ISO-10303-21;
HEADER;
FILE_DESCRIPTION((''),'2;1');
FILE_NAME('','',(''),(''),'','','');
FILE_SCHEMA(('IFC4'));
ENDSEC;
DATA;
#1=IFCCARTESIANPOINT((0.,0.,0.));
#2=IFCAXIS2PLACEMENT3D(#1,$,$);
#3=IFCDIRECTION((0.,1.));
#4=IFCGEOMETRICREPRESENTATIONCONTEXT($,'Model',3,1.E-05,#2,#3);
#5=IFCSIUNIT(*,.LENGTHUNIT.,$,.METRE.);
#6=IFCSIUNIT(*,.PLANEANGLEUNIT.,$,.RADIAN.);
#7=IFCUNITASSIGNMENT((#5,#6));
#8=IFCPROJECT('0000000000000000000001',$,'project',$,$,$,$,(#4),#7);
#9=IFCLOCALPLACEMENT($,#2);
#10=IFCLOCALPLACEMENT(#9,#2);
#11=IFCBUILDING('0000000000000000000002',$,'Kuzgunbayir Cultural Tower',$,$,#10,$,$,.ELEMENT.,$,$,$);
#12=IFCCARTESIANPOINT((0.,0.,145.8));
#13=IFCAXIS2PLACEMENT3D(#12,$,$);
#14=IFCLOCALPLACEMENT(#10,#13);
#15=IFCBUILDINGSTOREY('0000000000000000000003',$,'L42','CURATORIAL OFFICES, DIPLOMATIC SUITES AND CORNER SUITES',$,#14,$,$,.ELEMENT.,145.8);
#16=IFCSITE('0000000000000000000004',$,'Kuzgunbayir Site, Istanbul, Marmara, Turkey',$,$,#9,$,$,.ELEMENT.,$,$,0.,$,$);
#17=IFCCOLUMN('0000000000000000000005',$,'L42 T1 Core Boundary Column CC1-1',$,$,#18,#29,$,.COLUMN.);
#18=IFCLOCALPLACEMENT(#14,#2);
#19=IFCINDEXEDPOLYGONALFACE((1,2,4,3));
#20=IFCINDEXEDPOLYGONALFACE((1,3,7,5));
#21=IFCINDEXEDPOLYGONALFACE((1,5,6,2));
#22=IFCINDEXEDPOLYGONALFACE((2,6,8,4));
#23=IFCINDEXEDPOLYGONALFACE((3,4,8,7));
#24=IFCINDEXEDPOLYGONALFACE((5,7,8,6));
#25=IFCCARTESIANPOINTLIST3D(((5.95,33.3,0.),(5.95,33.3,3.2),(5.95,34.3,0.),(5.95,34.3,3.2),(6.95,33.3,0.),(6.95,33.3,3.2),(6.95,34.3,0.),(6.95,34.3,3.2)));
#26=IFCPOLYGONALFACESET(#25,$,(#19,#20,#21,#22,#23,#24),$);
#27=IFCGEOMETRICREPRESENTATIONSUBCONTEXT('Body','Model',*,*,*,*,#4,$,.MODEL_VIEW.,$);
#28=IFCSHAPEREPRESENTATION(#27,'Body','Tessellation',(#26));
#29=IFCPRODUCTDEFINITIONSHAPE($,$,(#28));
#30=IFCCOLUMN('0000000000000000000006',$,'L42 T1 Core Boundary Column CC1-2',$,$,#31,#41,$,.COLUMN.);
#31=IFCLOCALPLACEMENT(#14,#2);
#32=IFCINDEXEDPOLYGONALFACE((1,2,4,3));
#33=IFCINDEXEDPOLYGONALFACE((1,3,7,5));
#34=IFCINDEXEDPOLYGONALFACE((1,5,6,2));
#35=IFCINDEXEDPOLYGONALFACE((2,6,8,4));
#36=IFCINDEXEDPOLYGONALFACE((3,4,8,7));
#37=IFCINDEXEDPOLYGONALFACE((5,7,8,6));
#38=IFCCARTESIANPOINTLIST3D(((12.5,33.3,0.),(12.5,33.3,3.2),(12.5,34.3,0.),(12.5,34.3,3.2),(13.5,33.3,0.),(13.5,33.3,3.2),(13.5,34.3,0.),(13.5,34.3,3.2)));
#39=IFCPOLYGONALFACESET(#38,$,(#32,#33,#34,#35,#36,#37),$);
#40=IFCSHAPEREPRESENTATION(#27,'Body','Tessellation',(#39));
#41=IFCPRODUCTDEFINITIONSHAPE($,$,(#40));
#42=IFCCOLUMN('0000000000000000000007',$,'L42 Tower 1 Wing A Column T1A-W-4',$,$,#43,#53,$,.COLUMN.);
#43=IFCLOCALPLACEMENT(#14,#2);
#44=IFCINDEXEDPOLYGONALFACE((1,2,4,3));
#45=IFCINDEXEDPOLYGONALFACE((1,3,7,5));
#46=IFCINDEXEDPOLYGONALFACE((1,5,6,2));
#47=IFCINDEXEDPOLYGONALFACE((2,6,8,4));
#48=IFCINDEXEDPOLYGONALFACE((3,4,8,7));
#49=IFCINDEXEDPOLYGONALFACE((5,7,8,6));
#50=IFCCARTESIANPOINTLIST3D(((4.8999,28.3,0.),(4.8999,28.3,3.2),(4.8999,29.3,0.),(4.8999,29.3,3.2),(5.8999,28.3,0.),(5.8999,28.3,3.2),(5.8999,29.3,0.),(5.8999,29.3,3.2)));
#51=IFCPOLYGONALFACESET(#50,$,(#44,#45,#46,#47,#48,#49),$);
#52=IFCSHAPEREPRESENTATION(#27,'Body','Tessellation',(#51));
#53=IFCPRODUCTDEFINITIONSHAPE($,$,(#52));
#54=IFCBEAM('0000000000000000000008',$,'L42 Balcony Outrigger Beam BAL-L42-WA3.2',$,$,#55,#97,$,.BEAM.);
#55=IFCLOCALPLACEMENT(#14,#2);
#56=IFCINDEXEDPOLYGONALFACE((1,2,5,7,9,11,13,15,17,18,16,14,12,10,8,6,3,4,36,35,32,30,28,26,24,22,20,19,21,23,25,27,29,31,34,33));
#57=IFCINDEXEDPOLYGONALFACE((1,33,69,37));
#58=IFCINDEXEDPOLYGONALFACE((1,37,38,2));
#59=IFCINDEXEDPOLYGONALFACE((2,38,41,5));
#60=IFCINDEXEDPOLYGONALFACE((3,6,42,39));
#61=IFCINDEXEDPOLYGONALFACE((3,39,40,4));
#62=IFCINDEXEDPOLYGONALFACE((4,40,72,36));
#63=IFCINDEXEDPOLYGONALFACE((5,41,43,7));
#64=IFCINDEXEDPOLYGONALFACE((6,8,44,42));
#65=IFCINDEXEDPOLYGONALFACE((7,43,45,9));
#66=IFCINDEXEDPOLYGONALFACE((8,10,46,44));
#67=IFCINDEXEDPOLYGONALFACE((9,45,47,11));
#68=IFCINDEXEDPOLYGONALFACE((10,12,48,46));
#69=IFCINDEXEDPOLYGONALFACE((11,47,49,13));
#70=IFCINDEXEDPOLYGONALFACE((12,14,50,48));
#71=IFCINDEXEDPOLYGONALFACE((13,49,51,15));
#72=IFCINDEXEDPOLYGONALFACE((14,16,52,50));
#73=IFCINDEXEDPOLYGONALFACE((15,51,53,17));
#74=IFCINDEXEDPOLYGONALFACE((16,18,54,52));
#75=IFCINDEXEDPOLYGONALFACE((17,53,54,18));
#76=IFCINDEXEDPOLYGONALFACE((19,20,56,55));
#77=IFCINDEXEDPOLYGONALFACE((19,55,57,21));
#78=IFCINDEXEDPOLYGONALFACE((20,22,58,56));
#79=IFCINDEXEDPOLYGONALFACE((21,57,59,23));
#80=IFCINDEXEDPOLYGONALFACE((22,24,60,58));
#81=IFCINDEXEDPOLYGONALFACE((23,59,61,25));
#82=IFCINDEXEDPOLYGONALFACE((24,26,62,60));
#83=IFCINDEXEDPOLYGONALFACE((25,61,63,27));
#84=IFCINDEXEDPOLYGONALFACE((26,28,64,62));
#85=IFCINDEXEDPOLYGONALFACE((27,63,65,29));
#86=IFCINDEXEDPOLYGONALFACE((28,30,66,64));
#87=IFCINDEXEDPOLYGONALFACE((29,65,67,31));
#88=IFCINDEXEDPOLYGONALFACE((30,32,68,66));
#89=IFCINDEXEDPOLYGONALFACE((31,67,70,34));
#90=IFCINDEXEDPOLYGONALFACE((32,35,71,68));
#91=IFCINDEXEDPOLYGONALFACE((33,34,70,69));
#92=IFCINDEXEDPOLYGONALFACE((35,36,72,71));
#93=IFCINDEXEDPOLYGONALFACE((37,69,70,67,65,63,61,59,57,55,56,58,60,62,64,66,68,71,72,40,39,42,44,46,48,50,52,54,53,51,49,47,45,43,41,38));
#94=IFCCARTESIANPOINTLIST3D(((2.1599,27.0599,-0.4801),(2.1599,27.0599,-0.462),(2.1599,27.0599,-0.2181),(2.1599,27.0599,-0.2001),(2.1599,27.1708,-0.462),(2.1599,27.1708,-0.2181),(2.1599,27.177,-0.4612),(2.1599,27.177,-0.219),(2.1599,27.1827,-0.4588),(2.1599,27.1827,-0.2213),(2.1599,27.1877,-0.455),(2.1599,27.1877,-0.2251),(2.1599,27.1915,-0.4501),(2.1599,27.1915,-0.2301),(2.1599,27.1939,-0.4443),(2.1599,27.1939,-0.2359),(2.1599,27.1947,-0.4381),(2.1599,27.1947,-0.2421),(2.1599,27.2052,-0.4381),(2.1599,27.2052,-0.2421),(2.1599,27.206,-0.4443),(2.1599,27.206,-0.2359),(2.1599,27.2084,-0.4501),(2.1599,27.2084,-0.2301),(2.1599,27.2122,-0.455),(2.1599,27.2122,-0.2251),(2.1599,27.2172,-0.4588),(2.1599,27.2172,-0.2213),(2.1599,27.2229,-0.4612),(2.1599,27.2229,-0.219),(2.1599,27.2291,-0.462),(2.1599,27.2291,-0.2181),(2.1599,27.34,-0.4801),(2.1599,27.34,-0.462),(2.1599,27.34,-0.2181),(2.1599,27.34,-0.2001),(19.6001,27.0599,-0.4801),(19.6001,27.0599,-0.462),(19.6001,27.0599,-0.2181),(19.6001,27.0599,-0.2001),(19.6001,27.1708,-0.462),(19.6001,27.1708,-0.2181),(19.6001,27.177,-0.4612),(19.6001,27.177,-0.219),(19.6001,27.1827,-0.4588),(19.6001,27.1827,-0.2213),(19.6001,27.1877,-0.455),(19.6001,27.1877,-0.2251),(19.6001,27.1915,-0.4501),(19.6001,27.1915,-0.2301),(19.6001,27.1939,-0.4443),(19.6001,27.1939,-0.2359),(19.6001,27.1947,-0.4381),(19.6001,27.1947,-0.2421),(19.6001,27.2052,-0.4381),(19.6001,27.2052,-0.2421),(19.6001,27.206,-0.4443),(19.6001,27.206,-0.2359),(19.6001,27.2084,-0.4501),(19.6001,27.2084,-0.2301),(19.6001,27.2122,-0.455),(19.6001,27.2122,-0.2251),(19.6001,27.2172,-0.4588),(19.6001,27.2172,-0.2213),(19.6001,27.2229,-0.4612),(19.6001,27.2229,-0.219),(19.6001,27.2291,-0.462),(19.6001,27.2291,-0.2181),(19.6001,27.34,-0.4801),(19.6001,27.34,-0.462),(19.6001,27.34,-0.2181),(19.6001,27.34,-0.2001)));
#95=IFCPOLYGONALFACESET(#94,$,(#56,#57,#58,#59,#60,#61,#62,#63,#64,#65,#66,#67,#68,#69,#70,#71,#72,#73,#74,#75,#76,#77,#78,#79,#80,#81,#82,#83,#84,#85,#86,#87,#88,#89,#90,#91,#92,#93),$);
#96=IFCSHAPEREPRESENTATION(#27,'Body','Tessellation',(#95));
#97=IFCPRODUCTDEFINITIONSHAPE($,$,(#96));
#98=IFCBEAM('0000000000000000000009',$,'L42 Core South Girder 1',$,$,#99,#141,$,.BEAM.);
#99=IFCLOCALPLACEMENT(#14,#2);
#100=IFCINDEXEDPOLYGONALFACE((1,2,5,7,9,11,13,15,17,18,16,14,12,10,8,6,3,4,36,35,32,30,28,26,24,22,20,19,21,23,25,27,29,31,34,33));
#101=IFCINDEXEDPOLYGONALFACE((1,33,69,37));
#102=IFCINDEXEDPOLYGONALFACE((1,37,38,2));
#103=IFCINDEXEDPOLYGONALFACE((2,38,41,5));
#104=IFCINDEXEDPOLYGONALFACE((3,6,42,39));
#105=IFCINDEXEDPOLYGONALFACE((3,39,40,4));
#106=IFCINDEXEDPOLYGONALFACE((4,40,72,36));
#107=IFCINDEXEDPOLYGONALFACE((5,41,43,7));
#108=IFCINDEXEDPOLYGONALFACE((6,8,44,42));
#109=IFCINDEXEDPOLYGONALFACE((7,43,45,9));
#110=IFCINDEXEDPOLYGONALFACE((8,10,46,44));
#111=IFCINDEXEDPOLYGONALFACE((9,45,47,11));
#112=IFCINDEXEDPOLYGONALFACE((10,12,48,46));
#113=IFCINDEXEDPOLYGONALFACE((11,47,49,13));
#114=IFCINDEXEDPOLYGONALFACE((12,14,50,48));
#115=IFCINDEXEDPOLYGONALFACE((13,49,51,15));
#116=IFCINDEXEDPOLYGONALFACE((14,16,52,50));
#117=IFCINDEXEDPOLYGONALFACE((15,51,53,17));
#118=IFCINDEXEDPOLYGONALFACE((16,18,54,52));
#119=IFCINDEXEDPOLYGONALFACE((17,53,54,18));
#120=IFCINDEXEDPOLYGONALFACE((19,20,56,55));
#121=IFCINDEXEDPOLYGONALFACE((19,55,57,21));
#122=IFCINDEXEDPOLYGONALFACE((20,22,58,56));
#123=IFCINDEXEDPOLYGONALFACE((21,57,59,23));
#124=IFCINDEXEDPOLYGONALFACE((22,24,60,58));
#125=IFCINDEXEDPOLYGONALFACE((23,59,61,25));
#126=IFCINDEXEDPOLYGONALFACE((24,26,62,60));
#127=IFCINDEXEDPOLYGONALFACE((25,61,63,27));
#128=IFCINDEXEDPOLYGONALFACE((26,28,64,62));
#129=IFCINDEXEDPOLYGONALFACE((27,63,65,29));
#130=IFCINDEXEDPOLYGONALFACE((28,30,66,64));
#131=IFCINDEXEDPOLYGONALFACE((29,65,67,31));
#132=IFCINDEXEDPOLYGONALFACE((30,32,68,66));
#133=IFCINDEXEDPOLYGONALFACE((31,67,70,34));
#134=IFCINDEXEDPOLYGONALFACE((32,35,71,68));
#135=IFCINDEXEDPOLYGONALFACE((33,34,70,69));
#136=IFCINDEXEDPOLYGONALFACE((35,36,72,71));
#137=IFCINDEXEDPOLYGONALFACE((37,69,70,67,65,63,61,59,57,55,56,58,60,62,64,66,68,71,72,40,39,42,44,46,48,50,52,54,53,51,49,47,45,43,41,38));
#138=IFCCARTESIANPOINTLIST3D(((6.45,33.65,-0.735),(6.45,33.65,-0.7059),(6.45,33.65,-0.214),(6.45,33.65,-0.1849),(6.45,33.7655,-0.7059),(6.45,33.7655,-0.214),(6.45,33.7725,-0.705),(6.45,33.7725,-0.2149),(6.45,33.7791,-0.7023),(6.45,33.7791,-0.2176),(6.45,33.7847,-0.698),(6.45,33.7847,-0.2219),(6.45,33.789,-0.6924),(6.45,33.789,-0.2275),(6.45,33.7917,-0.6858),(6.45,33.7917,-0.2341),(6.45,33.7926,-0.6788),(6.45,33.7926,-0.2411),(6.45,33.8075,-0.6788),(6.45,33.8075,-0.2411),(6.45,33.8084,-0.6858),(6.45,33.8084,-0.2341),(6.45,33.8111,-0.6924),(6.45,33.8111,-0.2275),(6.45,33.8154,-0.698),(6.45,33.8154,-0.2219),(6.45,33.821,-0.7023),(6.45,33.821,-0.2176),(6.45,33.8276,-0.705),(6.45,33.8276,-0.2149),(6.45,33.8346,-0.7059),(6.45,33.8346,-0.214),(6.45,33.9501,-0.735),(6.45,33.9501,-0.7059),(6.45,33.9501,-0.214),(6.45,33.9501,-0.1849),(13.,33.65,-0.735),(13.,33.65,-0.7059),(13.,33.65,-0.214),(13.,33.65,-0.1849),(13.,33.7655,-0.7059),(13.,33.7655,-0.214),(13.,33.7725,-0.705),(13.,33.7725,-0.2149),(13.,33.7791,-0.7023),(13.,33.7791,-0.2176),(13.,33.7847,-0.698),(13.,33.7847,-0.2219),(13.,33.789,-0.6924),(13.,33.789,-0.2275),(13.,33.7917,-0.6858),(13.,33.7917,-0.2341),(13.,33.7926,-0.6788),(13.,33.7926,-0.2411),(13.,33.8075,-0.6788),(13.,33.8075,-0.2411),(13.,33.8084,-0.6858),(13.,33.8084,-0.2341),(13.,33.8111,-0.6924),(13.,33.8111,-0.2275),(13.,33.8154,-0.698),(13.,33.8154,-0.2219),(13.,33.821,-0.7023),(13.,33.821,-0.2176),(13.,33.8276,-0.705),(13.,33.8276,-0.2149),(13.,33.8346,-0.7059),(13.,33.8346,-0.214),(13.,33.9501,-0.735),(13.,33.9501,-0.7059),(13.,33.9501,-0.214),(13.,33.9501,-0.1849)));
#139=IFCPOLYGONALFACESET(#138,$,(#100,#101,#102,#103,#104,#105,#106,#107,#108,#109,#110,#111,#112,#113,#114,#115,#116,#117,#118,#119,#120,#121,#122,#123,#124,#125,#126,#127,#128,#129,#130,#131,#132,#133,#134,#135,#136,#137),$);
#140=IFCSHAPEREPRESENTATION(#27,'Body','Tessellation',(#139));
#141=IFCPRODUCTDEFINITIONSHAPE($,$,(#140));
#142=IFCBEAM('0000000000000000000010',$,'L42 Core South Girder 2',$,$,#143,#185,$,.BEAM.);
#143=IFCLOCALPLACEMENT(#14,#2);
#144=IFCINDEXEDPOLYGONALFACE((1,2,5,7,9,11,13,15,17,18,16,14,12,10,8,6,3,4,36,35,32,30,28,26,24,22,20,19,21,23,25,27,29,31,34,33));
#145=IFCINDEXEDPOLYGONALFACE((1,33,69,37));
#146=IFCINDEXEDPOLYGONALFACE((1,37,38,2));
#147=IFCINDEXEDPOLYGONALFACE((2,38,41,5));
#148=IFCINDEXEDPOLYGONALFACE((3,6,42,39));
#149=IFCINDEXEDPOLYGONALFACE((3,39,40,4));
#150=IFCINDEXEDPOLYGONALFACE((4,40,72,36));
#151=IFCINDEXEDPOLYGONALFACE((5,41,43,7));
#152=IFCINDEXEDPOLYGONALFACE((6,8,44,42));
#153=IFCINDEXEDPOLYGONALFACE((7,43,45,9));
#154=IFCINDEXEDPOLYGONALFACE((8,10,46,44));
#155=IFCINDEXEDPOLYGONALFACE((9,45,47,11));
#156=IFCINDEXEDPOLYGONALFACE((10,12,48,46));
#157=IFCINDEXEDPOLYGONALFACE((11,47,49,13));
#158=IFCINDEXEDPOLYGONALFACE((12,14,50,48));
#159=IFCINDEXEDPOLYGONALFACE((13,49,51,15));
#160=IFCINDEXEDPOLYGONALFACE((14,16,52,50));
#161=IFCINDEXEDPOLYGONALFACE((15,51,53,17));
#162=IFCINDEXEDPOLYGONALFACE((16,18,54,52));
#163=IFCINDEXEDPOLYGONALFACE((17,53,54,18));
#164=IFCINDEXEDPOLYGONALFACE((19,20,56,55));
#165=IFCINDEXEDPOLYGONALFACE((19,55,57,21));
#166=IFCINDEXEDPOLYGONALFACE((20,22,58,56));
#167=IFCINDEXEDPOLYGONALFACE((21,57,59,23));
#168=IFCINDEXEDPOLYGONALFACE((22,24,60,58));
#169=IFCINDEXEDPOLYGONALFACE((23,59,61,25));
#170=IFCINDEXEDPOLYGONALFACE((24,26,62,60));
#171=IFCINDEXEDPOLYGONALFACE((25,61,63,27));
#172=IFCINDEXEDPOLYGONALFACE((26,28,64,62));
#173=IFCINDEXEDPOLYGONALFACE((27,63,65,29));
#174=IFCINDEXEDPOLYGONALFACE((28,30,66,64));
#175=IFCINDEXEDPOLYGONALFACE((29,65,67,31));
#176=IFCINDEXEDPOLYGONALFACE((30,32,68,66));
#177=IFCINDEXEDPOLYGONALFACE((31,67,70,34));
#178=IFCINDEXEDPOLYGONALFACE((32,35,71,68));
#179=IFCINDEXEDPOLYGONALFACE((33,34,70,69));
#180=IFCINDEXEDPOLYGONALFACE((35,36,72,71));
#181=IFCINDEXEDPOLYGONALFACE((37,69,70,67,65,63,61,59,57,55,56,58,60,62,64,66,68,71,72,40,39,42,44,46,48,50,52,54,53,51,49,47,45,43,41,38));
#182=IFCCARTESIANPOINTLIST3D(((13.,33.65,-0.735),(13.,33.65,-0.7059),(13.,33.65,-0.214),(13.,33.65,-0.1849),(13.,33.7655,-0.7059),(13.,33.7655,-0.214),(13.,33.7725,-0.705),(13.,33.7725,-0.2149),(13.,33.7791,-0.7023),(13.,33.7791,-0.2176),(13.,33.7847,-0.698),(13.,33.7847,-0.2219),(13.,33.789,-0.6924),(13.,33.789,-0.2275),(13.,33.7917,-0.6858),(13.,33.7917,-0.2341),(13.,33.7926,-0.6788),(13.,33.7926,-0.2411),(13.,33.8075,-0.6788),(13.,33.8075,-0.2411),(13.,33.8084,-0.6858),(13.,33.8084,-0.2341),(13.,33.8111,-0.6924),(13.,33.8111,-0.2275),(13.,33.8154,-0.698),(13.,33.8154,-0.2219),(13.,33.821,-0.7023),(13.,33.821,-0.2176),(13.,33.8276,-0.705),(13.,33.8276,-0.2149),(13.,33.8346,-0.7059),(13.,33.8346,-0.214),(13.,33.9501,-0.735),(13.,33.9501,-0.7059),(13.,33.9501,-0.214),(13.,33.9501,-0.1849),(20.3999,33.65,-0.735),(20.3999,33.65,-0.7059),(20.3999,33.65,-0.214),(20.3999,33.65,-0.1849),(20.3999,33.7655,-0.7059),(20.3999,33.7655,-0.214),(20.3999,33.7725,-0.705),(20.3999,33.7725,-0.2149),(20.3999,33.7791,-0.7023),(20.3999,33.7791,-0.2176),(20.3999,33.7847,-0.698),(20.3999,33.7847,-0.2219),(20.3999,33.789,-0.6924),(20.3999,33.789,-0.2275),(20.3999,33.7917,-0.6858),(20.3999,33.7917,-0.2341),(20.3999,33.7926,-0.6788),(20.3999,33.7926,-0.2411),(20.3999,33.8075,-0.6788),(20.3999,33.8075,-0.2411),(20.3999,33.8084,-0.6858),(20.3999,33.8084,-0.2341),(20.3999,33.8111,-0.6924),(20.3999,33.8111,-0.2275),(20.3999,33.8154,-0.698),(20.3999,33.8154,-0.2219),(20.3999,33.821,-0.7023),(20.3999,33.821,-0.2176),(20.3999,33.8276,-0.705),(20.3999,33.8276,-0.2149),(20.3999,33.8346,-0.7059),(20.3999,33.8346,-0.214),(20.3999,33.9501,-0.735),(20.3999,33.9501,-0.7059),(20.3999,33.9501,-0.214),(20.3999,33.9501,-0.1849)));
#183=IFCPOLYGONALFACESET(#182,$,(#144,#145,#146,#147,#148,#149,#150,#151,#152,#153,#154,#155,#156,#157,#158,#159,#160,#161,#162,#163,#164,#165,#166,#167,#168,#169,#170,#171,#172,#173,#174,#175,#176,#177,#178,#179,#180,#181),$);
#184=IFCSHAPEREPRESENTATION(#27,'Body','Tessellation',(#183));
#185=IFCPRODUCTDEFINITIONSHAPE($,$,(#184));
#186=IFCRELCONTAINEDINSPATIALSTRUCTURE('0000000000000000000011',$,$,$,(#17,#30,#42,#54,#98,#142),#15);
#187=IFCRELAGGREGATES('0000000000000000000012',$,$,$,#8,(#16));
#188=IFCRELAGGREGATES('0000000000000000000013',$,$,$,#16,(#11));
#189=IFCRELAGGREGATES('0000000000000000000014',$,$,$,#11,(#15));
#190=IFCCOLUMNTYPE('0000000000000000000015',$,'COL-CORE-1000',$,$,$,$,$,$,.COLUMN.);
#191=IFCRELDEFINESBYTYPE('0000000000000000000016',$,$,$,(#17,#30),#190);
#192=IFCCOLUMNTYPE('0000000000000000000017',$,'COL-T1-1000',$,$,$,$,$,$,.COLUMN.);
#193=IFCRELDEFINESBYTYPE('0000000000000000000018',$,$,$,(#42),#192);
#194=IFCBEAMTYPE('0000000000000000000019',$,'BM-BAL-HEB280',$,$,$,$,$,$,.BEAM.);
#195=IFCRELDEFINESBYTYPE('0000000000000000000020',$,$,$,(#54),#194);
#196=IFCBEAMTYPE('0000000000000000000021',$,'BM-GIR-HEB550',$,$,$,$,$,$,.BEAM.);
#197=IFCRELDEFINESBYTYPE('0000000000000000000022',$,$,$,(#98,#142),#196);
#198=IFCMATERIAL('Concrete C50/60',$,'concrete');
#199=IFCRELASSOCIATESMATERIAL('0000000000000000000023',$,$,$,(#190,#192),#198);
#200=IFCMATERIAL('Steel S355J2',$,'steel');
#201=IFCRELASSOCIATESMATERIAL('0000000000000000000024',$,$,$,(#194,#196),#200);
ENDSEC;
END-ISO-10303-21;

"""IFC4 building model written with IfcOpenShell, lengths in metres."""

from ifc_helpers import new_model, si_unit, direction, frame, origin, origin_2d, place, context, subcontext, project, spatial, rectangle, i_section, extrude, material, material_profile, profile_set, type_object, element, save


model = new_model("IFC4")

# Units and contexts
model_context = context("Model", 3, precision=1e-05, world=origin(), true_north=direction((0.0, 1.0)))
body_context = subcontext(model_context, "Body", "Model", "MODEL_VIEW")
ifc_project = project(units=[si_unit("LENGTHUNIT", "METRE"), si_unit("PLANEANGLEUNIT", "RADIAN")], contexts=[model_context])

# Site, building, storey
site_placement = place(None, origin())
site = spatial("IfcSite", under=ifc_project, at=site_placement, Name="Kuzgunbayir Site, Istanbul, Marmara, Turkey", CompositionType="ELEMENT", RefElevation=0.0)
building_placement = place(site_placement, origin())
building = spatial("IfcBuilding", under=site, at=building_placement, Name="Kuzgunbayir Cultural Tower", CompositionType="ELEMENT")
storey_placement = place(building_placement, frame((0.0, 0.0, 145.8)))
storey = spatial("IfcBuildingStorey", under=building, at=storey_placement, Name="L42", Description="CURATORIAL OFFICES, DIPLOMATIC SUITES AND CORNER SUITES", CompositionType="ELEMENT", Elevation=145.8)

# Columns
ifc_material_1 = material(Name="Concrete C50/60", Category="concrete")
ifc_material_profile_1 = material_profile(ifc_material_1, rectangle(XDim=1.0, YDim=1.0, at=origin_2d()), Name="RC 1000x1000")
ifc_profile_set_1 = profile_set([ifc_material_profile_1], Name="Concrete C50/60")
column_type_1 = type_object("IfcColumnType", Name="COL-CORE-1000", PredefinedType="COLUMN", material=ifc_profile_set_1)
for number, where, z_axis, x_axis, name in (
    (1, (6.45, 33.8, 0.0), (0.0, 0.0, 1.0), (1.0, 0.0, 0.0), "L42 T1 Core Boundary Column CC1-1"),
    (2, (13.0, 33.8, 0.0), (0.0, 0.0, 1.0), (1.0, 0.0, 0.0), "L42 T1 Core Boundary Column CC1-2"),
):
    element("IfcColumn", number, at=place(storey_placement, frame(where, z_axis=z_axis, x_axis=x_axis)), inside=storey, type_object=column_type_1, Name=name, PredefinedType="COLUMN", context=body_context, shape_type="SweptSolid", body=[
        extrude(rectangle(XDim=1.0, YDim=1.0, at=origin_2d()), origin(), (0.0, 0.0, 1.0), 3.2),
    ])
ifc_material_profile_2 = material_profile(ifc_material_1, rectangle(XDim=1.0, YDim=1.0, at=origin_2d()), Name="RC 1000x1000")
ifc_profile_set_2 = profile_set([ifc_material_profile_2], Name="Concrete C50/60")
column_type_2 = type_object("IfcColumnType", Name="COL-T1-1000", PredefinedType="COLUMN", material=ifc_profile_set_2)
column_placement = place(storey_placement, frame((5.3999, 28.8, 0.0), z_axis=(0.0, 0.0, 1.0), x_axis=(1.0, 0.0, 0.0)))
element("IfcColumn", 3, at=column_placement, inside=storey, type_object=column_type_2, Name="L42 Tower 1 Wing A Column T1A-W-4", PredefinedType="COLUMN", context=body_context, shape_type="SweptSolid", body=[
    extrude(rectangle(XDim=1.0, YDim=1.0, at=origin_2d()), origin(), (0.0, 0.0, 1.0), 3.2),
])

# Beams
ifc_material_2 = material(Name="Steel S355J2", Category="steel")
ifc_material_profile_3 = material_profile(ifc_material_2, i_section(OverallWidth=0.28, OverallDepth=0.28, WebThickness=0.0105, FlangeThickness=0.0181, FilletRadius=0.0239, at=origin_2d()), Name="HEB 280")
ifc_profile_set_3 = profile_set([ifc_material_profile_3], Name="Steel S355J2")
beam_type_1 = type_object("IfcBeamType", Name="BM-BAL-HEB280", PredefinedType="BEAM", material=ifc_profile_set_3)
beam_1_placement = place(storey_placement, frame((2.1599, 27.2, -0.3401), z_axis=(1.0, 0.0, 0.0), x_axis=(0.0, 1.0, 0.0)))
element("IfcBeam", 4, at=beam_1_placement, inside=storey, type_object=beam_type_1, Name="L42 Balcony Outrigger Beam BAL-L42-WA3.2", PredefinedType="BEAM", context=body_context, shape_type="SweptSolid", body=[
    extrude(i_section(OverallWidth=0.28, OverallDepth=0.28, WebThickness=0.0105, FlangeThickness=0.0181, FilletRadius=0.0239, at=origin_2d()), origin(), (0.0, 0.0, 1.0), 17.4402),
])
ifc_material_profile_4 = material_profile(ifc_material_2, i_section(OverallWidth=0.3, OverallDepth=0.55, WebThickness=0.0149, FlangeThickness=0.0291, FilletRadius=0.0271, at=origin_2d()), Name="HEB 550")
ifc_profile_set_4 = profile_set([ifc_material_profile_4], Name="Steel S355J2")
beam_type_2 = type_object("IfcBeamType", Name="BM-GIR-HEB550", PredefinedType="BEAM", material=ifc_profile_set_4)
beam_2_placement = place(storey_placement, frame((6.45, 33.8, -0.46), z_axis=(1.0, 0.0, 0.0), x_axis=(0.0, 1.0, 0.0)))
element("IfcBeam", 5, at=beam_2_placement, inside=storey, type_object=beam_type_2, Name="L42 Core South Girder 1", PredefinedType="BEAM", context=body_context, shape_type="SweptSolid", body=[
    extrude(i_section(OverallWidth=0.3, OverallDepth=0.55, WebThickness=0.0149, FlangeThickness=0.0291, FilletRadius=0.0271, at=origin_2d()), origin(), (0.0, 0.0, 1.0), 6.55),
])
beam_3_placement = place(storey_placement, frame((13.0, 33.8, -0.46), z_axis=(1.0, 0.0, 0.0), x_axis=(0.0, 1.0, 0.0)))
element("IfcBeam", 6, at=beam_3_placement, inside=storey, type_object=beam_type_2, Name="L42 Core South Girder 2", PredefinedType="BEAM", context=body_context, shape_type="SweptSolid", body=[
    extrude(i_section(OverallWidth=0.3, OverallDepth=0.55, WebThickness=0.0149, FlangeThickness=0.0291, FilletRadius=0.0271, at=origin_2d()), origin(), (0.0, 0.0, 1.0), 7.3999),
])

save(model, "model.ifc")
